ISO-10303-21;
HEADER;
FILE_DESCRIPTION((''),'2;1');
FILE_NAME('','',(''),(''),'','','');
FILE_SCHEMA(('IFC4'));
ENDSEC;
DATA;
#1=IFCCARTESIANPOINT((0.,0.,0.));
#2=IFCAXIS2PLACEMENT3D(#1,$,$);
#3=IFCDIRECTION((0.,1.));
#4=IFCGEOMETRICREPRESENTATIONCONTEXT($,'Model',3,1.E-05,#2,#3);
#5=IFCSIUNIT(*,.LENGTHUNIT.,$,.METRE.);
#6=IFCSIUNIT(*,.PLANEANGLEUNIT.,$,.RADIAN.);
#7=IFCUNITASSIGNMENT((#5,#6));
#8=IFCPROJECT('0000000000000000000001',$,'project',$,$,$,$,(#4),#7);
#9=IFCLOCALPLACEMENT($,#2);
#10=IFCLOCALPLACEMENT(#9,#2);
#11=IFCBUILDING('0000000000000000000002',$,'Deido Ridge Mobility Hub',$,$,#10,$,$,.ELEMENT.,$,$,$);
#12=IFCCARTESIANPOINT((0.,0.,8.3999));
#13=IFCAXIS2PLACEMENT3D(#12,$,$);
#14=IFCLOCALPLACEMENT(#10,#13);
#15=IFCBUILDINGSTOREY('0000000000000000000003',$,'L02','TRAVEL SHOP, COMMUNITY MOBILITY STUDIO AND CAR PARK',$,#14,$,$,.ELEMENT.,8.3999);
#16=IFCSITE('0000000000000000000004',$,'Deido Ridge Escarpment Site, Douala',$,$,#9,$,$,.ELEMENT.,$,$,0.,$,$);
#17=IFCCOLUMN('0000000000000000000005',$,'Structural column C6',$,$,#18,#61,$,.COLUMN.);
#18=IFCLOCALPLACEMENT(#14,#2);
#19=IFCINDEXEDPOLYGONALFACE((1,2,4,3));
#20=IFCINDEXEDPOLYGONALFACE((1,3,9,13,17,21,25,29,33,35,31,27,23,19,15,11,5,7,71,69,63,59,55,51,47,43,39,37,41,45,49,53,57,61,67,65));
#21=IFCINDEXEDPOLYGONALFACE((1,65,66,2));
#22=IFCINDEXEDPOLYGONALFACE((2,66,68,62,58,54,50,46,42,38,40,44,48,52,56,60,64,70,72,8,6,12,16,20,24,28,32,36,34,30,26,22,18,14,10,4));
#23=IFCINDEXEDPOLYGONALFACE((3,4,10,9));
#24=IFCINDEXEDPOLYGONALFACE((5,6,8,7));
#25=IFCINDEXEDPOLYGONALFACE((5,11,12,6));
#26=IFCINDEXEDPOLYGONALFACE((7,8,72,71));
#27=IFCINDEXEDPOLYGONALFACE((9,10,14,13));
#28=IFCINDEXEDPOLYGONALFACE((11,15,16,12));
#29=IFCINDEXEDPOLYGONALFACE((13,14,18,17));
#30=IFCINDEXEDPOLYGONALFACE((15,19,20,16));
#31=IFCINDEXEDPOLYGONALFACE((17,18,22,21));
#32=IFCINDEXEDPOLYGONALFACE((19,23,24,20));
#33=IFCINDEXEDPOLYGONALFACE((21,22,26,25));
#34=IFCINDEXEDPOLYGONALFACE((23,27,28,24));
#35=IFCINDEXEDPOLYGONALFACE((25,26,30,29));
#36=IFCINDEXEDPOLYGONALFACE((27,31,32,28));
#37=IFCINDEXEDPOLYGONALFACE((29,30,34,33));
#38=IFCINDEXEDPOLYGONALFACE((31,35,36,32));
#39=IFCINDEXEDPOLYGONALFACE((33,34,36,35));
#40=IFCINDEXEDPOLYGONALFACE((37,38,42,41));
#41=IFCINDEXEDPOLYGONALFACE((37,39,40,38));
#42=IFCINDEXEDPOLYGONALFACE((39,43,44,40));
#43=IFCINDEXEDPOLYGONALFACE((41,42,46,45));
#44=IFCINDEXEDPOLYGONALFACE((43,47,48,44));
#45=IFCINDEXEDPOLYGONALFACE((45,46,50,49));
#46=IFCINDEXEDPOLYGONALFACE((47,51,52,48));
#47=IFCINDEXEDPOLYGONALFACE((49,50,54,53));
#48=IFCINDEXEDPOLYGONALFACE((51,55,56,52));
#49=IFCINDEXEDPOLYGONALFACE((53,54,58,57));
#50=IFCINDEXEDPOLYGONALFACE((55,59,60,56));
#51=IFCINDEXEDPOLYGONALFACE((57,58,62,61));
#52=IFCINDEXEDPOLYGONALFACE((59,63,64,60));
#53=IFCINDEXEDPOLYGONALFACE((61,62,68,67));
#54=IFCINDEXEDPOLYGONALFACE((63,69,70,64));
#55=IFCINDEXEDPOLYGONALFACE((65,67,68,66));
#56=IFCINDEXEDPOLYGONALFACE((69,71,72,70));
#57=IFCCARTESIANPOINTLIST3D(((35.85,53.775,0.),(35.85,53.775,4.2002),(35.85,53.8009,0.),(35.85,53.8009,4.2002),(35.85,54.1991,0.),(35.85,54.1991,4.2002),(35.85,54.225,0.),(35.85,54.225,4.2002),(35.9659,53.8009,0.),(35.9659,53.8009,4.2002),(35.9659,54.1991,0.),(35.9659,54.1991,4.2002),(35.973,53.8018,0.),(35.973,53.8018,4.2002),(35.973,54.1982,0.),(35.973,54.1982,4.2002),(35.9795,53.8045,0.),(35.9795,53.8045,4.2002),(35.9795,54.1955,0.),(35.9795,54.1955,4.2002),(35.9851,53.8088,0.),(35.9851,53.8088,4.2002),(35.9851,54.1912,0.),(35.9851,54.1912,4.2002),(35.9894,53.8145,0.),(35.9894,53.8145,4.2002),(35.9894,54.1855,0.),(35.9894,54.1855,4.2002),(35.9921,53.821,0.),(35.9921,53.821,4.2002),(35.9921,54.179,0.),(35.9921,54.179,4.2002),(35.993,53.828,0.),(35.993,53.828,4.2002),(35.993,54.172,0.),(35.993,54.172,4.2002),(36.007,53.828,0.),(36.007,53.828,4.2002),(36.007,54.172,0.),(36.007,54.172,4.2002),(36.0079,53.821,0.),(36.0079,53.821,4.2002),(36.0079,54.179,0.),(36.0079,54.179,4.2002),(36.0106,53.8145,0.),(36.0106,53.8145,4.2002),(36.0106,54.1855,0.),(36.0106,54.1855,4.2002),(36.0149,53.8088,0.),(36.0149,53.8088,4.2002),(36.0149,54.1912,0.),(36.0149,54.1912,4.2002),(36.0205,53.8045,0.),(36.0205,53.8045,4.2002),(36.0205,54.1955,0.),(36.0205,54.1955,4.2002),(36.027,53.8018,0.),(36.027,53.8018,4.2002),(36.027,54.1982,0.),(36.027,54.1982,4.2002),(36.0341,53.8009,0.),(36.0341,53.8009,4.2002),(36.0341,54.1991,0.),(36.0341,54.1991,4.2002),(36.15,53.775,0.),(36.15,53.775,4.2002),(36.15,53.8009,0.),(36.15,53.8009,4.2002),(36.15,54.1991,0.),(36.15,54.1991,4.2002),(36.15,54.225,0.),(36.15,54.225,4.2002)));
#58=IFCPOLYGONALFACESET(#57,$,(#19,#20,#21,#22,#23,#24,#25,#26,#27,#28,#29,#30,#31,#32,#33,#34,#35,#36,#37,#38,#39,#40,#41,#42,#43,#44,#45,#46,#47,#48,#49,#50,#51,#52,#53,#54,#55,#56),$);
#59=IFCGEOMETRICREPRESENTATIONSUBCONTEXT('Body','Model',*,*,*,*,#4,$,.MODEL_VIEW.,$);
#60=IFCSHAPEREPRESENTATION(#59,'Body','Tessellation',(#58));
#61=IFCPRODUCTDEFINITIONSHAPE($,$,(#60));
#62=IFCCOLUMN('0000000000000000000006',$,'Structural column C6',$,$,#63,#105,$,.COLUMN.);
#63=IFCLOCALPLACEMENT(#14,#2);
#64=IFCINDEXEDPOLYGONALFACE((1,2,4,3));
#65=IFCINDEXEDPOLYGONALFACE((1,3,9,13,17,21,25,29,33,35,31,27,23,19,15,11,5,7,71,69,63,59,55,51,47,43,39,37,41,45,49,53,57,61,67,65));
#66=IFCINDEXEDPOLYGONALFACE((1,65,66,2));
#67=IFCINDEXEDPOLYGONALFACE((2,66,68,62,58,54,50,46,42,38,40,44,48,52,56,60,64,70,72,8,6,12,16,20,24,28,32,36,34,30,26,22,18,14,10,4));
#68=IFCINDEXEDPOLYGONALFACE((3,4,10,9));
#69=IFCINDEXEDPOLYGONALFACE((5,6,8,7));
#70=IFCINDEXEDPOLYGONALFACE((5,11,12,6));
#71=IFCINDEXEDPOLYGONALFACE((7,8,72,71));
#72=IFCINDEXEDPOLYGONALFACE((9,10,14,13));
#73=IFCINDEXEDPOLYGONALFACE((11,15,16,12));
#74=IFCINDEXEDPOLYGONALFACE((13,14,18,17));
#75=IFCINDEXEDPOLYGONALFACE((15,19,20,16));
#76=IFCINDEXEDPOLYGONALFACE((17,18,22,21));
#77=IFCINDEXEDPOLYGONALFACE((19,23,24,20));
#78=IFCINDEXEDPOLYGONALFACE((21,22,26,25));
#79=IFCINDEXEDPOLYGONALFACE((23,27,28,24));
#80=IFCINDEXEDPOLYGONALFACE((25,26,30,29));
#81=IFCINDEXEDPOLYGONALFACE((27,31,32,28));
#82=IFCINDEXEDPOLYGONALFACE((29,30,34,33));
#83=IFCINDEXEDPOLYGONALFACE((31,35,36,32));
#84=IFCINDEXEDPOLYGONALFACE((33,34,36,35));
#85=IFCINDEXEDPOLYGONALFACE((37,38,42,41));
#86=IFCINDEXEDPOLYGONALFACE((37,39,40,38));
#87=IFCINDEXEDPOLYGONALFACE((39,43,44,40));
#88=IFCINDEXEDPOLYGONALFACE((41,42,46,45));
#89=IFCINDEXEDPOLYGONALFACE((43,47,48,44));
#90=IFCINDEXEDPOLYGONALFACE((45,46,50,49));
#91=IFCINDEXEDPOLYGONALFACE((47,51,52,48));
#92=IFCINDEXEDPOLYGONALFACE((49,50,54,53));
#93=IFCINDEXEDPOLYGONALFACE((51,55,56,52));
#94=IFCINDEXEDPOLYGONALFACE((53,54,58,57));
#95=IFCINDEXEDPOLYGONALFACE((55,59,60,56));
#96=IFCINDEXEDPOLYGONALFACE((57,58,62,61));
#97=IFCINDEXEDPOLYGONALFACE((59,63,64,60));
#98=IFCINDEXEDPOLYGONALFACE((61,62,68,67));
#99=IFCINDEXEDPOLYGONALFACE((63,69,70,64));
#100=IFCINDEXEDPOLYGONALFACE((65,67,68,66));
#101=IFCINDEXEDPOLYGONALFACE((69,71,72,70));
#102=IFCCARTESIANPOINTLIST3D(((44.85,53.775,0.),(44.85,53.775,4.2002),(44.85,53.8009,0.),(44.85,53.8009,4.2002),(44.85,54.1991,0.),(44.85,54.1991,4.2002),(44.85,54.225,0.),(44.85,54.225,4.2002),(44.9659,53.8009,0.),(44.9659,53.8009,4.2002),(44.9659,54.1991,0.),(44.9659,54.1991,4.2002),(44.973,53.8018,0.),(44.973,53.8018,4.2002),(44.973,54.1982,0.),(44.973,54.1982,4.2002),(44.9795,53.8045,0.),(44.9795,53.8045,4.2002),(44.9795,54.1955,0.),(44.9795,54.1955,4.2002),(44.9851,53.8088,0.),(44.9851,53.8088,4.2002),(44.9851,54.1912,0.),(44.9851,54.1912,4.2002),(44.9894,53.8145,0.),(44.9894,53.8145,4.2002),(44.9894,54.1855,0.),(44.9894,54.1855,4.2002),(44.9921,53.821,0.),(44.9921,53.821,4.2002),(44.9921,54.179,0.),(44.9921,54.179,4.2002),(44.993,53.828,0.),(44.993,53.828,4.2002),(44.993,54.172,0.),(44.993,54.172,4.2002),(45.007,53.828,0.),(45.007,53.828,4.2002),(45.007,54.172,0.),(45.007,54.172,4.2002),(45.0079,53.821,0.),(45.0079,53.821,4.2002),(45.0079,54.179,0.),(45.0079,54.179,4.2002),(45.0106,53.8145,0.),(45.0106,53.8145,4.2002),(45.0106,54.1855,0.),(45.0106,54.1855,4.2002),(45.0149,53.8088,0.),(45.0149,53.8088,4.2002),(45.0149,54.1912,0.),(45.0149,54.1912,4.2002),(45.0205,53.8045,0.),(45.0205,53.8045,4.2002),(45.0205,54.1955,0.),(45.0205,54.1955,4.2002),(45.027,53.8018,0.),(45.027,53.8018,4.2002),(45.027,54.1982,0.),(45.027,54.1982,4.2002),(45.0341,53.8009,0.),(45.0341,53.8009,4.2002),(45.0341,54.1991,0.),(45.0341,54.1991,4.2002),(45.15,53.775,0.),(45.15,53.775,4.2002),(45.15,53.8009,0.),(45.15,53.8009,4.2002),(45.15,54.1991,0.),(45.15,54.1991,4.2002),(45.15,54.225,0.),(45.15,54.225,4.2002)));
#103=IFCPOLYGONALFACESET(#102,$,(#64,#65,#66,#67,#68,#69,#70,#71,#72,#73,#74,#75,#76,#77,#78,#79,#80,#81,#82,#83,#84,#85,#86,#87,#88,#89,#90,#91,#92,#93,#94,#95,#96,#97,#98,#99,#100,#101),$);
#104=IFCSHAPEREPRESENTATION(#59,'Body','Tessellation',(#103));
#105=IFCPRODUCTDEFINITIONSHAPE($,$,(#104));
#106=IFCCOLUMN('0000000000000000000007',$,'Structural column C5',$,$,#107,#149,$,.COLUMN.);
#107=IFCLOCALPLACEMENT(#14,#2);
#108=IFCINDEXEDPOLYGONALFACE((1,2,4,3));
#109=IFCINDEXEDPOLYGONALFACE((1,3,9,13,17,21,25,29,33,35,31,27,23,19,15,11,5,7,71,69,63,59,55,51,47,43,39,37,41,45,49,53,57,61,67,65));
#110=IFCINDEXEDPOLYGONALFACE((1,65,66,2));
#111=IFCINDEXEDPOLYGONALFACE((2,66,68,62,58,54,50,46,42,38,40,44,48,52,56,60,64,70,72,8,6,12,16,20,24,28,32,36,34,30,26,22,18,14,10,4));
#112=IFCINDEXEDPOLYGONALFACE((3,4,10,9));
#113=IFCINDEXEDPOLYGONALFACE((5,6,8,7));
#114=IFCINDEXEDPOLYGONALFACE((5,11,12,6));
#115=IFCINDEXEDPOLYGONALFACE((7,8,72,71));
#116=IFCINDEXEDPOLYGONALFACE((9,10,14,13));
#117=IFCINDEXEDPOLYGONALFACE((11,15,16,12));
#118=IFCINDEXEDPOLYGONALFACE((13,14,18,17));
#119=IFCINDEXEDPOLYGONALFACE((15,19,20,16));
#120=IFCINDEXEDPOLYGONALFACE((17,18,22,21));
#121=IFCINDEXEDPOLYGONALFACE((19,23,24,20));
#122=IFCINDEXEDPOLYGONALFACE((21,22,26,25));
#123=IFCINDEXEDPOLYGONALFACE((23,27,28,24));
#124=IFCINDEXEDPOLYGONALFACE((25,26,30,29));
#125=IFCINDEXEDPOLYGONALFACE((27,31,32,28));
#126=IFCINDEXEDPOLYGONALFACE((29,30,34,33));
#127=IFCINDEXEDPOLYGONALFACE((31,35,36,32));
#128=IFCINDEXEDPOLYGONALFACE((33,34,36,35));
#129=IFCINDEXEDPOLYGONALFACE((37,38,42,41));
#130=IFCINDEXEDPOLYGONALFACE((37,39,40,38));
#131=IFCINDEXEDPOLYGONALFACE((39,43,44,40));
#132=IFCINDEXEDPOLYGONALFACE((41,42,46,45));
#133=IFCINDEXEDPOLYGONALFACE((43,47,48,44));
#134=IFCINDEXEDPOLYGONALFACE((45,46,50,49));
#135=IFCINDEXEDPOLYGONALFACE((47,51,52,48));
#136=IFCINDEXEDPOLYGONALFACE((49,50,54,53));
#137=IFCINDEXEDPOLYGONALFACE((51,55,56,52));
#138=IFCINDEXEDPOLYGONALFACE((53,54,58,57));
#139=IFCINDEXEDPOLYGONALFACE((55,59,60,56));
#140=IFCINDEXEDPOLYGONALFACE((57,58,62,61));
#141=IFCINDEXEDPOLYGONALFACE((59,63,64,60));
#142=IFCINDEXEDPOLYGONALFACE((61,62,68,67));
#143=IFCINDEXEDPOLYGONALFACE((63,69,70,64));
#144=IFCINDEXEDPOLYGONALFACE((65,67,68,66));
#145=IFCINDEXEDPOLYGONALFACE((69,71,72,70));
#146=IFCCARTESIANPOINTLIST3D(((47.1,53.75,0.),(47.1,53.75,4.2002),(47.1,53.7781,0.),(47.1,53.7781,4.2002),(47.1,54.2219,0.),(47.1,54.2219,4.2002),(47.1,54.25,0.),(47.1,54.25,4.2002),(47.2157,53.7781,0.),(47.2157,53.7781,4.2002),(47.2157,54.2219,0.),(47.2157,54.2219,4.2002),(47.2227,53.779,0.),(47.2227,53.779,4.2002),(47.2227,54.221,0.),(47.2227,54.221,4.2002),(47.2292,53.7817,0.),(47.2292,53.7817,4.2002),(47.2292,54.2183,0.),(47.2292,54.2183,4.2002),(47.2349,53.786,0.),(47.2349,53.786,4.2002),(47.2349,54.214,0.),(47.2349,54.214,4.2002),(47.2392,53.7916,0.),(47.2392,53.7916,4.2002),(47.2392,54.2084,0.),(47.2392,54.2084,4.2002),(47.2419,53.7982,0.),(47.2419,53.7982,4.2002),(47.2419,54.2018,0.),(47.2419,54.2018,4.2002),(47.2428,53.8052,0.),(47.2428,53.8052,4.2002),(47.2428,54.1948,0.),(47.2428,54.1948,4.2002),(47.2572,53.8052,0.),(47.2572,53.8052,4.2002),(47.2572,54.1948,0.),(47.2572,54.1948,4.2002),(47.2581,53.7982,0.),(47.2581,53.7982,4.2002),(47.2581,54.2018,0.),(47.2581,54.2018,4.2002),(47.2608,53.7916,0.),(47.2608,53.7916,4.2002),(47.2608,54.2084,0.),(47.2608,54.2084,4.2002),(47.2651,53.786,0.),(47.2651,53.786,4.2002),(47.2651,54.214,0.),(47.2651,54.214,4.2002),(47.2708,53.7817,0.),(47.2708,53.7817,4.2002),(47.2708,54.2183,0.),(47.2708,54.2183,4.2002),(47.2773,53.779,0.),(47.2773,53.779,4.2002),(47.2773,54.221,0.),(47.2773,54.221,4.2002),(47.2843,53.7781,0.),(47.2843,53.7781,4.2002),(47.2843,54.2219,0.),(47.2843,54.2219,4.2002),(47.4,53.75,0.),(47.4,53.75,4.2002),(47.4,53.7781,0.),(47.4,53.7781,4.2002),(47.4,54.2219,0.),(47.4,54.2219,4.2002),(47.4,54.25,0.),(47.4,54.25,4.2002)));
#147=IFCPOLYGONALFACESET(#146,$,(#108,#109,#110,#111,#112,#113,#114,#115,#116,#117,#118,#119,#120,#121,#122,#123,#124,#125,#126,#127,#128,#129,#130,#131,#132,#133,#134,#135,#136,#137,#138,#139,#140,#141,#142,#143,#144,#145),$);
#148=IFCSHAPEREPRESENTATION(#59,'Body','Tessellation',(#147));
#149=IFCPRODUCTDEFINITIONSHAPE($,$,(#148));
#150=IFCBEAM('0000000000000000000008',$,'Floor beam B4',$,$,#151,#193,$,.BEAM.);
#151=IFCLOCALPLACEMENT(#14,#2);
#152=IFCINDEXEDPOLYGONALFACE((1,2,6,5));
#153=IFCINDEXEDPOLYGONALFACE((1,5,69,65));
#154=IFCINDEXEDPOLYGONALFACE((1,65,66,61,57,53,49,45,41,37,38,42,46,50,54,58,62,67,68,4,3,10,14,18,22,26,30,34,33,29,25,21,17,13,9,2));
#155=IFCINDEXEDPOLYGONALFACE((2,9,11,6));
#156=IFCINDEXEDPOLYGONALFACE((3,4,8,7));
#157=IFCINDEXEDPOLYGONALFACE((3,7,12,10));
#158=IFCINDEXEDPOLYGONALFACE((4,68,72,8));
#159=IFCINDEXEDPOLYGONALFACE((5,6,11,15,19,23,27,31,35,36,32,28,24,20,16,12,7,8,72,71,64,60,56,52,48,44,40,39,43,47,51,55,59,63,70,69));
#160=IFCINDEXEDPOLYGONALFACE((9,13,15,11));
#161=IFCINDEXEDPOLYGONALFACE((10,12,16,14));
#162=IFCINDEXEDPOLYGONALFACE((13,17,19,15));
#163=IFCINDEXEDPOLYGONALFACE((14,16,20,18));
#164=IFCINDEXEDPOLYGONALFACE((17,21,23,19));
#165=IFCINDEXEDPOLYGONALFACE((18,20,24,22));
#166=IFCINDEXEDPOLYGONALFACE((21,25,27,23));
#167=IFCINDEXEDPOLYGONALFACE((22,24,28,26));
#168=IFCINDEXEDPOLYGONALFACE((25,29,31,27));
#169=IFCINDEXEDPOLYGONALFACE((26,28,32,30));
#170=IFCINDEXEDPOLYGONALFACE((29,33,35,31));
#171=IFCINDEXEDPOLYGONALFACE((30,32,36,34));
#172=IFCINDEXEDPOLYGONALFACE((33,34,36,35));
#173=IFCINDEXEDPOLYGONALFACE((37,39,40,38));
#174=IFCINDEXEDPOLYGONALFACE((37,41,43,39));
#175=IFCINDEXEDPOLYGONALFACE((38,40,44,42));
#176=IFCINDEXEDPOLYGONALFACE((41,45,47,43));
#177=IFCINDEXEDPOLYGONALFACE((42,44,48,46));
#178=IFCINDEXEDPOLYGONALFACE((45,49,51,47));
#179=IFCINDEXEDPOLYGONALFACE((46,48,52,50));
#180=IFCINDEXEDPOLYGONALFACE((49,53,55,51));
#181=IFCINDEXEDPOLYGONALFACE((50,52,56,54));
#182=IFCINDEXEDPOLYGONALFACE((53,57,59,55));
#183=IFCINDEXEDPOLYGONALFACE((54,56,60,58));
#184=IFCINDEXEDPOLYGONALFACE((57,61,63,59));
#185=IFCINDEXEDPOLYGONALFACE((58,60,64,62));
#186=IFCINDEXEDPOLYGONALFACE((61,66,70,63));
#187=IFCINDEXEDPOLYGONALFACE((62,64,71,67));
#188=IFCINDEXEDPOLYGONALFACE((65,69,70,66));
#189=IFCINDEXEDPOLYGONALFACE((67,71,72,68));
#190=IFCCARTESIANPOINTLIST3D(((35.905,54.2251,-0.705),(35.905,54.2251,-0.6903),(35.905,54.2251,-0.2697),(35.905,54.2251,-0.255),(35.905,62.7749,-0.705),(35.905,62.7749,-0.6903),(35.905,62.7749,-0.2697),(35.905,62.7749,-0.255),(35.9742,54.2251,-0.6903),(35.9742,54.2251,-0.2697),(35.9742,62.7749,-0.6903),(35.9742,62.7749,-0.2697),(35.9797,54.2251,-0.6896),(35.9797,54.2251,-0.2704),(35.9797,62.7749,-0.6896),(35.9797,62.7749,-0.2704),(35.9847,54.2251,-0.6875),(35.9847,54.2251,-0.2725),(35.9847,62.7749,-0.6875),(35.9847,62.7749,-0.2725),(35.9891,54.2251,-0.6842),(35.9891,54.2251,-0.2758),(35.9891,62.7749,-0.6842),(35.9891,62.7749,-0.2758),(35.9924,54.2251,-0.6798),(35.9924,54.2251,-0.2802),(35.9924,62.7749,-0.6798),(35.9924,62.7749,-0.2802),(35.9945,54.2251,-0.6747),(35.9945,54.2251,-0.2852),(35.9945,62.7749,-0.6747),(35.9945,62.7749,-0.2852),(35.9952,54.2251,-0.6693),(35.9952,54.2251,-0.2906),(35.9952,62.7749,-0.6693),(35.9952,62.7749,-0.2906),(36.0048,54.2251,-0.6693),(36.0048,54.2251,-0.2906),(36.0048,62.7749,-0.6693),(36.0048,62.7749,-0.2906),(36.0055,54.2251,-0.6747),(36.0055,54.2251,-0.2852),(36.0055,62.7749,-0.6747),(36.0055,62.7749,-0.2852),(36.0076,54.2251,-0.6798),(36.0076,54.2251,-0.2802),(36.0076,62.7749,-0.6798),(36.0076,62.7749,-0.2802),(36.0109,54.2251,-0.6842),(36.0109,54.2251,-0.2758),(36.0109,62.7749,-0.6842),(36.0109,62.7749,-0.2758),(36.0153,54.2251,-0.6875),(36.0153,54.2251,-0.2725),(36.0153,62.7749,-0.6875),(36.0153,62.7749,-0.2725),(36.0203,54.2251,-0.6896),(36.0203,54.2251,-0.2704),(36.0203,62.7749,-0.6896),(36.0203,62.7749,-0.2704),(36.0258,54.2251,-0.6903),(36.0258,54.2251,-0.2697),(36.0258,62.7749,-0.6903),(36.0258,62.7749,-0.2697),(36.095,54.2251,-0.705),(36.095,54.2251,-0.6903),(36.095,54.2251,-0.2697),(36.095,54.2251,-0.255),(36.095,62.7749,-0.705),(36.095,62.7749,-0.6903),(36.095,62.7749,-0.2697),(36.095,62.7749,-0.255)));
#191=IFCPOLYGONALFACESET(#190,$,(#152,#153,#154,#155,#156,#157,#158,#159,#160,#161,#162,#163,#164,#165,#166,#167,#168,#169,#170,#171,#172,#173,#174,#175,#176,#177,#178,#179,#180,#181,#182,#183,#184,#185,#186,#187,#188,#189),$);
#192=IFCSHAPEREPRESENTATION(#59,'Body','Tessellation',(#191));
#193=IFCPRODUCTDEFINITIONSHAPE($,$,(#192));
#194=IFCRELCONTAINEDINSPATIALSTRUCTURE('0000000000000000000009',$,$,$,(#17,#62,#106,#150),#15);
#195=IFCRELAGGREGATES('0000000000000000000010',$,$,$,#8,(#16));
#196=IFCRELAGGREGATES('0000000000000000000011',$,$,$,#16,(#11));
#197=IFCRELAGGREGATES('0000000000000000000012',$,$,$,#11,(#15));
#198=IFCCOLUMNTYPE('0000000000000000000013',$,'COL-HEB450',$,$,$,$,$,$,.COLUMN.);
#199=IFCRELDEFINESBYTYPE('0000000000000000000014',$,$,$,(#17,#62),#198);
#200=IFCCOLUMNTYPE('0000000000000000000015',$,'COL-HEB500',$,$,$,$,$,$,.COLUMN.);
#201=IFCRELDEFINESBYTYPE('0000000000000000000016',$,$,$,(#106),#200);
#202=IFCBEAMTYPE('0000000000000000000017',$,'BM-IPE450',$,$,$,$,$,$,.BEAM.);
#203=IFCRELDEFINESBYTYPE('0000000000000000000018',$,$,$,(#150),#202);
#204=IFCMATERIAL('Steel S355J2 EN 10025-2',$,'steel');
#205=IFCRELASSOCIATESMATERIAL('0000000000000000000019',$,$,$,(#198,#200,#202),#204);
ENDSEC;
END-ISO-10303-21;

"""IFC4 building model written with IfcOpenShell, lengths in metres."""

from ifc_helpers import new_model, si_unit, direction, frame, origin, origin_2d, place, context, subcontext, project, spatial, i_section, extrude, material, material_profile, profile_set, type_object, element, save


model = new_model("IFC4")

# Units and contexts
model_context = context("Model", 3, precision=1e-05, world=origin(), true_north=direction((0.0, 1.0)))
body_context = subcontext(model_context, "Body", "Model", "MODEL_VIEW")
ifc_project = project(units=[si_unit("LENGTHUNIT", "METRE"), si_unit("PLANEANGLEUNIT", "RADIAN")], contexts=[model_context])

# Site, building, storey
site_placement = place(None, origin())
site = spatial("IfcSite", under=ifc_project, at=site_placement, Name="Deido Ridge Escarpment Site, Douala", CompositionType="ELEMENT", RefElevation=0.0)
building_placement = place(site_placement, origin())
building = spatial("IfcBuilding", under=site, at=building_placement, Name="Deido Ridge Mobility Hub", CompositionType="ELEMENT")
storey_placement = place(building_placement, frame((0.0, 0.0, 8.3999)))
storey = spatial("IfcBuildingStorey", under=building, at=storey_placement, Name="L02", Description="TRAVEL SHOP, COMMUNITY MOBILITY STUDIO AND CAR PARK", CompositionType="ELEMENT", Elevation=8.3999)

# Columns
ifc_material_1 = material(Name="Steel S355J2 EN 10025-2", Category="steel")
ifc_material_profile_1 = material_profile(ifc_material_1, i_section(OverallWidth=0.3, OverallDepth=0.45, WebThickness=0.0139, FlangeThickness=0.0259, FilletRadius=0.0271, at=origin_2d()), Name="HEB 450")
ifc_profile_set_1 = profile_set([ifc_material_profile_1], Name="Steel S355J2 EN 10025-2")
column_type_1 = type_object("IfcColumnType", Name="COL-HEB450", PredefinedType="COLUMN", material=ifc_profile_set_1)
for number, where, z_axis, x_axis, name in (
    (1, (36.0, 54.0, 0.0), (0.0, 0.0, 1.0), (1.0, 0.0, 0.0), "Structural column C6"),
    (2, (45.0, 54.0, 0.0), (0.0, 0.0, 1.0), (1.0, 0.0, 0.0), "Structural column C6"),
):
    element("IfcColumn", number, at=place(storey_placement, frame(where, z_axis=z_axis, x_axis=x_axis)), inside=storey, type_object=column_type_1, Name=name, PredefinedType="COLUMN", context=body_context, shape_type="SweptSolid", body=[
        extrude(i_section(OverallWidth=0.3, OverallDepth=0.45, WebThickness=0.0139, FlangeThickness=0.0259, FilletRadius=0.0271, at=origin_2d()), origin(), (0.0, 0.0, 1.0), 4.2002),
    ])
ifc_material_profile_2 = material_profile(ifc_material_1, i_section(OverallWidth=0.3, OverallDepth=0.5, WebThickness=0.0144, FlangeThickness=0.0281, FilletRadius=0.0271, at=origin_2d()), Name="HEB 500")
ifc_profile_set_2 = profile_set([ifc_material_profile_2], Name="Steel S355J2 EN 10025-2")
column_type_2 = type_object("IfcColumnType", Name="COL-HEB500", PredefinedType="COLUMN", material=ifc_profile_set_2)
column_placement = place(storey_placement, frame((47.25, 54.0, 0.0), z_axis=(0.0, 0.0, 1.0), x_axis=(1.0, 0.0, 0.0)))
element("IfcColumn", 3, at=column_placement, inside=storey, type_object=column_type_2, Name="Structural column C5", PredefinedType="COLUMN", context=body_context, shape_type="SweptSolid", body=[
    extrude(i_section(OverallWidth=0.3, OverallDepth=0.5, WebThickness=0.0144, FlangeThickness=0.0281, FilletRadius=0.0271, at=origin_2d()), origin(), (0.0, 0.0, 1.0), 4.2002),
])

# Beam
ifc_material_profile_3 = material_profile(ifc_material_1, i_section(OverallWidth=0.1899, OverallDepth=0.45, WebThickness=0.0095, FlangeThickness=0.0146, FilletRadius=0.021, at=origin_2d()), Name="IPE 450")
ifc_profile_set_3 = profile_set([ifc_material_profile_3], Name="Steel S355J2 EN 10025-2")
beam_type_1 = type_object("IfcBeamType", Name="BM-IPE450", PredefinedType="BEAM", material=ifc_profile_set_3)
for number, where, z_axis, x_axis, name in (
    (4, (36.0, 54.2251, -0.48), (0.0, 1.0, 0.0), (-1.0, 0.0, 0.0), "Floor beam B4"),
):
    element("IfcBeam", number, at=place(storey_placement, frame(where, z_axis=z_axis, x_axis=x_axis)), inside=storey, type_object=beam_type_1, Name=name, PredefinedType="BEAM", context=body_context, shape_type="SweptSolid", body=[
        extrude(i_section(OverallWidth=0.1899, OverallDepth=0.45, WebThickness=0.0095, FlangeThickness=0.0146, FilletRadius=0.021, at=origin_2d()), origin(), (0.0, 0.0, 1.0), 8.5498),
    ])

save(model, "model.ifc")
